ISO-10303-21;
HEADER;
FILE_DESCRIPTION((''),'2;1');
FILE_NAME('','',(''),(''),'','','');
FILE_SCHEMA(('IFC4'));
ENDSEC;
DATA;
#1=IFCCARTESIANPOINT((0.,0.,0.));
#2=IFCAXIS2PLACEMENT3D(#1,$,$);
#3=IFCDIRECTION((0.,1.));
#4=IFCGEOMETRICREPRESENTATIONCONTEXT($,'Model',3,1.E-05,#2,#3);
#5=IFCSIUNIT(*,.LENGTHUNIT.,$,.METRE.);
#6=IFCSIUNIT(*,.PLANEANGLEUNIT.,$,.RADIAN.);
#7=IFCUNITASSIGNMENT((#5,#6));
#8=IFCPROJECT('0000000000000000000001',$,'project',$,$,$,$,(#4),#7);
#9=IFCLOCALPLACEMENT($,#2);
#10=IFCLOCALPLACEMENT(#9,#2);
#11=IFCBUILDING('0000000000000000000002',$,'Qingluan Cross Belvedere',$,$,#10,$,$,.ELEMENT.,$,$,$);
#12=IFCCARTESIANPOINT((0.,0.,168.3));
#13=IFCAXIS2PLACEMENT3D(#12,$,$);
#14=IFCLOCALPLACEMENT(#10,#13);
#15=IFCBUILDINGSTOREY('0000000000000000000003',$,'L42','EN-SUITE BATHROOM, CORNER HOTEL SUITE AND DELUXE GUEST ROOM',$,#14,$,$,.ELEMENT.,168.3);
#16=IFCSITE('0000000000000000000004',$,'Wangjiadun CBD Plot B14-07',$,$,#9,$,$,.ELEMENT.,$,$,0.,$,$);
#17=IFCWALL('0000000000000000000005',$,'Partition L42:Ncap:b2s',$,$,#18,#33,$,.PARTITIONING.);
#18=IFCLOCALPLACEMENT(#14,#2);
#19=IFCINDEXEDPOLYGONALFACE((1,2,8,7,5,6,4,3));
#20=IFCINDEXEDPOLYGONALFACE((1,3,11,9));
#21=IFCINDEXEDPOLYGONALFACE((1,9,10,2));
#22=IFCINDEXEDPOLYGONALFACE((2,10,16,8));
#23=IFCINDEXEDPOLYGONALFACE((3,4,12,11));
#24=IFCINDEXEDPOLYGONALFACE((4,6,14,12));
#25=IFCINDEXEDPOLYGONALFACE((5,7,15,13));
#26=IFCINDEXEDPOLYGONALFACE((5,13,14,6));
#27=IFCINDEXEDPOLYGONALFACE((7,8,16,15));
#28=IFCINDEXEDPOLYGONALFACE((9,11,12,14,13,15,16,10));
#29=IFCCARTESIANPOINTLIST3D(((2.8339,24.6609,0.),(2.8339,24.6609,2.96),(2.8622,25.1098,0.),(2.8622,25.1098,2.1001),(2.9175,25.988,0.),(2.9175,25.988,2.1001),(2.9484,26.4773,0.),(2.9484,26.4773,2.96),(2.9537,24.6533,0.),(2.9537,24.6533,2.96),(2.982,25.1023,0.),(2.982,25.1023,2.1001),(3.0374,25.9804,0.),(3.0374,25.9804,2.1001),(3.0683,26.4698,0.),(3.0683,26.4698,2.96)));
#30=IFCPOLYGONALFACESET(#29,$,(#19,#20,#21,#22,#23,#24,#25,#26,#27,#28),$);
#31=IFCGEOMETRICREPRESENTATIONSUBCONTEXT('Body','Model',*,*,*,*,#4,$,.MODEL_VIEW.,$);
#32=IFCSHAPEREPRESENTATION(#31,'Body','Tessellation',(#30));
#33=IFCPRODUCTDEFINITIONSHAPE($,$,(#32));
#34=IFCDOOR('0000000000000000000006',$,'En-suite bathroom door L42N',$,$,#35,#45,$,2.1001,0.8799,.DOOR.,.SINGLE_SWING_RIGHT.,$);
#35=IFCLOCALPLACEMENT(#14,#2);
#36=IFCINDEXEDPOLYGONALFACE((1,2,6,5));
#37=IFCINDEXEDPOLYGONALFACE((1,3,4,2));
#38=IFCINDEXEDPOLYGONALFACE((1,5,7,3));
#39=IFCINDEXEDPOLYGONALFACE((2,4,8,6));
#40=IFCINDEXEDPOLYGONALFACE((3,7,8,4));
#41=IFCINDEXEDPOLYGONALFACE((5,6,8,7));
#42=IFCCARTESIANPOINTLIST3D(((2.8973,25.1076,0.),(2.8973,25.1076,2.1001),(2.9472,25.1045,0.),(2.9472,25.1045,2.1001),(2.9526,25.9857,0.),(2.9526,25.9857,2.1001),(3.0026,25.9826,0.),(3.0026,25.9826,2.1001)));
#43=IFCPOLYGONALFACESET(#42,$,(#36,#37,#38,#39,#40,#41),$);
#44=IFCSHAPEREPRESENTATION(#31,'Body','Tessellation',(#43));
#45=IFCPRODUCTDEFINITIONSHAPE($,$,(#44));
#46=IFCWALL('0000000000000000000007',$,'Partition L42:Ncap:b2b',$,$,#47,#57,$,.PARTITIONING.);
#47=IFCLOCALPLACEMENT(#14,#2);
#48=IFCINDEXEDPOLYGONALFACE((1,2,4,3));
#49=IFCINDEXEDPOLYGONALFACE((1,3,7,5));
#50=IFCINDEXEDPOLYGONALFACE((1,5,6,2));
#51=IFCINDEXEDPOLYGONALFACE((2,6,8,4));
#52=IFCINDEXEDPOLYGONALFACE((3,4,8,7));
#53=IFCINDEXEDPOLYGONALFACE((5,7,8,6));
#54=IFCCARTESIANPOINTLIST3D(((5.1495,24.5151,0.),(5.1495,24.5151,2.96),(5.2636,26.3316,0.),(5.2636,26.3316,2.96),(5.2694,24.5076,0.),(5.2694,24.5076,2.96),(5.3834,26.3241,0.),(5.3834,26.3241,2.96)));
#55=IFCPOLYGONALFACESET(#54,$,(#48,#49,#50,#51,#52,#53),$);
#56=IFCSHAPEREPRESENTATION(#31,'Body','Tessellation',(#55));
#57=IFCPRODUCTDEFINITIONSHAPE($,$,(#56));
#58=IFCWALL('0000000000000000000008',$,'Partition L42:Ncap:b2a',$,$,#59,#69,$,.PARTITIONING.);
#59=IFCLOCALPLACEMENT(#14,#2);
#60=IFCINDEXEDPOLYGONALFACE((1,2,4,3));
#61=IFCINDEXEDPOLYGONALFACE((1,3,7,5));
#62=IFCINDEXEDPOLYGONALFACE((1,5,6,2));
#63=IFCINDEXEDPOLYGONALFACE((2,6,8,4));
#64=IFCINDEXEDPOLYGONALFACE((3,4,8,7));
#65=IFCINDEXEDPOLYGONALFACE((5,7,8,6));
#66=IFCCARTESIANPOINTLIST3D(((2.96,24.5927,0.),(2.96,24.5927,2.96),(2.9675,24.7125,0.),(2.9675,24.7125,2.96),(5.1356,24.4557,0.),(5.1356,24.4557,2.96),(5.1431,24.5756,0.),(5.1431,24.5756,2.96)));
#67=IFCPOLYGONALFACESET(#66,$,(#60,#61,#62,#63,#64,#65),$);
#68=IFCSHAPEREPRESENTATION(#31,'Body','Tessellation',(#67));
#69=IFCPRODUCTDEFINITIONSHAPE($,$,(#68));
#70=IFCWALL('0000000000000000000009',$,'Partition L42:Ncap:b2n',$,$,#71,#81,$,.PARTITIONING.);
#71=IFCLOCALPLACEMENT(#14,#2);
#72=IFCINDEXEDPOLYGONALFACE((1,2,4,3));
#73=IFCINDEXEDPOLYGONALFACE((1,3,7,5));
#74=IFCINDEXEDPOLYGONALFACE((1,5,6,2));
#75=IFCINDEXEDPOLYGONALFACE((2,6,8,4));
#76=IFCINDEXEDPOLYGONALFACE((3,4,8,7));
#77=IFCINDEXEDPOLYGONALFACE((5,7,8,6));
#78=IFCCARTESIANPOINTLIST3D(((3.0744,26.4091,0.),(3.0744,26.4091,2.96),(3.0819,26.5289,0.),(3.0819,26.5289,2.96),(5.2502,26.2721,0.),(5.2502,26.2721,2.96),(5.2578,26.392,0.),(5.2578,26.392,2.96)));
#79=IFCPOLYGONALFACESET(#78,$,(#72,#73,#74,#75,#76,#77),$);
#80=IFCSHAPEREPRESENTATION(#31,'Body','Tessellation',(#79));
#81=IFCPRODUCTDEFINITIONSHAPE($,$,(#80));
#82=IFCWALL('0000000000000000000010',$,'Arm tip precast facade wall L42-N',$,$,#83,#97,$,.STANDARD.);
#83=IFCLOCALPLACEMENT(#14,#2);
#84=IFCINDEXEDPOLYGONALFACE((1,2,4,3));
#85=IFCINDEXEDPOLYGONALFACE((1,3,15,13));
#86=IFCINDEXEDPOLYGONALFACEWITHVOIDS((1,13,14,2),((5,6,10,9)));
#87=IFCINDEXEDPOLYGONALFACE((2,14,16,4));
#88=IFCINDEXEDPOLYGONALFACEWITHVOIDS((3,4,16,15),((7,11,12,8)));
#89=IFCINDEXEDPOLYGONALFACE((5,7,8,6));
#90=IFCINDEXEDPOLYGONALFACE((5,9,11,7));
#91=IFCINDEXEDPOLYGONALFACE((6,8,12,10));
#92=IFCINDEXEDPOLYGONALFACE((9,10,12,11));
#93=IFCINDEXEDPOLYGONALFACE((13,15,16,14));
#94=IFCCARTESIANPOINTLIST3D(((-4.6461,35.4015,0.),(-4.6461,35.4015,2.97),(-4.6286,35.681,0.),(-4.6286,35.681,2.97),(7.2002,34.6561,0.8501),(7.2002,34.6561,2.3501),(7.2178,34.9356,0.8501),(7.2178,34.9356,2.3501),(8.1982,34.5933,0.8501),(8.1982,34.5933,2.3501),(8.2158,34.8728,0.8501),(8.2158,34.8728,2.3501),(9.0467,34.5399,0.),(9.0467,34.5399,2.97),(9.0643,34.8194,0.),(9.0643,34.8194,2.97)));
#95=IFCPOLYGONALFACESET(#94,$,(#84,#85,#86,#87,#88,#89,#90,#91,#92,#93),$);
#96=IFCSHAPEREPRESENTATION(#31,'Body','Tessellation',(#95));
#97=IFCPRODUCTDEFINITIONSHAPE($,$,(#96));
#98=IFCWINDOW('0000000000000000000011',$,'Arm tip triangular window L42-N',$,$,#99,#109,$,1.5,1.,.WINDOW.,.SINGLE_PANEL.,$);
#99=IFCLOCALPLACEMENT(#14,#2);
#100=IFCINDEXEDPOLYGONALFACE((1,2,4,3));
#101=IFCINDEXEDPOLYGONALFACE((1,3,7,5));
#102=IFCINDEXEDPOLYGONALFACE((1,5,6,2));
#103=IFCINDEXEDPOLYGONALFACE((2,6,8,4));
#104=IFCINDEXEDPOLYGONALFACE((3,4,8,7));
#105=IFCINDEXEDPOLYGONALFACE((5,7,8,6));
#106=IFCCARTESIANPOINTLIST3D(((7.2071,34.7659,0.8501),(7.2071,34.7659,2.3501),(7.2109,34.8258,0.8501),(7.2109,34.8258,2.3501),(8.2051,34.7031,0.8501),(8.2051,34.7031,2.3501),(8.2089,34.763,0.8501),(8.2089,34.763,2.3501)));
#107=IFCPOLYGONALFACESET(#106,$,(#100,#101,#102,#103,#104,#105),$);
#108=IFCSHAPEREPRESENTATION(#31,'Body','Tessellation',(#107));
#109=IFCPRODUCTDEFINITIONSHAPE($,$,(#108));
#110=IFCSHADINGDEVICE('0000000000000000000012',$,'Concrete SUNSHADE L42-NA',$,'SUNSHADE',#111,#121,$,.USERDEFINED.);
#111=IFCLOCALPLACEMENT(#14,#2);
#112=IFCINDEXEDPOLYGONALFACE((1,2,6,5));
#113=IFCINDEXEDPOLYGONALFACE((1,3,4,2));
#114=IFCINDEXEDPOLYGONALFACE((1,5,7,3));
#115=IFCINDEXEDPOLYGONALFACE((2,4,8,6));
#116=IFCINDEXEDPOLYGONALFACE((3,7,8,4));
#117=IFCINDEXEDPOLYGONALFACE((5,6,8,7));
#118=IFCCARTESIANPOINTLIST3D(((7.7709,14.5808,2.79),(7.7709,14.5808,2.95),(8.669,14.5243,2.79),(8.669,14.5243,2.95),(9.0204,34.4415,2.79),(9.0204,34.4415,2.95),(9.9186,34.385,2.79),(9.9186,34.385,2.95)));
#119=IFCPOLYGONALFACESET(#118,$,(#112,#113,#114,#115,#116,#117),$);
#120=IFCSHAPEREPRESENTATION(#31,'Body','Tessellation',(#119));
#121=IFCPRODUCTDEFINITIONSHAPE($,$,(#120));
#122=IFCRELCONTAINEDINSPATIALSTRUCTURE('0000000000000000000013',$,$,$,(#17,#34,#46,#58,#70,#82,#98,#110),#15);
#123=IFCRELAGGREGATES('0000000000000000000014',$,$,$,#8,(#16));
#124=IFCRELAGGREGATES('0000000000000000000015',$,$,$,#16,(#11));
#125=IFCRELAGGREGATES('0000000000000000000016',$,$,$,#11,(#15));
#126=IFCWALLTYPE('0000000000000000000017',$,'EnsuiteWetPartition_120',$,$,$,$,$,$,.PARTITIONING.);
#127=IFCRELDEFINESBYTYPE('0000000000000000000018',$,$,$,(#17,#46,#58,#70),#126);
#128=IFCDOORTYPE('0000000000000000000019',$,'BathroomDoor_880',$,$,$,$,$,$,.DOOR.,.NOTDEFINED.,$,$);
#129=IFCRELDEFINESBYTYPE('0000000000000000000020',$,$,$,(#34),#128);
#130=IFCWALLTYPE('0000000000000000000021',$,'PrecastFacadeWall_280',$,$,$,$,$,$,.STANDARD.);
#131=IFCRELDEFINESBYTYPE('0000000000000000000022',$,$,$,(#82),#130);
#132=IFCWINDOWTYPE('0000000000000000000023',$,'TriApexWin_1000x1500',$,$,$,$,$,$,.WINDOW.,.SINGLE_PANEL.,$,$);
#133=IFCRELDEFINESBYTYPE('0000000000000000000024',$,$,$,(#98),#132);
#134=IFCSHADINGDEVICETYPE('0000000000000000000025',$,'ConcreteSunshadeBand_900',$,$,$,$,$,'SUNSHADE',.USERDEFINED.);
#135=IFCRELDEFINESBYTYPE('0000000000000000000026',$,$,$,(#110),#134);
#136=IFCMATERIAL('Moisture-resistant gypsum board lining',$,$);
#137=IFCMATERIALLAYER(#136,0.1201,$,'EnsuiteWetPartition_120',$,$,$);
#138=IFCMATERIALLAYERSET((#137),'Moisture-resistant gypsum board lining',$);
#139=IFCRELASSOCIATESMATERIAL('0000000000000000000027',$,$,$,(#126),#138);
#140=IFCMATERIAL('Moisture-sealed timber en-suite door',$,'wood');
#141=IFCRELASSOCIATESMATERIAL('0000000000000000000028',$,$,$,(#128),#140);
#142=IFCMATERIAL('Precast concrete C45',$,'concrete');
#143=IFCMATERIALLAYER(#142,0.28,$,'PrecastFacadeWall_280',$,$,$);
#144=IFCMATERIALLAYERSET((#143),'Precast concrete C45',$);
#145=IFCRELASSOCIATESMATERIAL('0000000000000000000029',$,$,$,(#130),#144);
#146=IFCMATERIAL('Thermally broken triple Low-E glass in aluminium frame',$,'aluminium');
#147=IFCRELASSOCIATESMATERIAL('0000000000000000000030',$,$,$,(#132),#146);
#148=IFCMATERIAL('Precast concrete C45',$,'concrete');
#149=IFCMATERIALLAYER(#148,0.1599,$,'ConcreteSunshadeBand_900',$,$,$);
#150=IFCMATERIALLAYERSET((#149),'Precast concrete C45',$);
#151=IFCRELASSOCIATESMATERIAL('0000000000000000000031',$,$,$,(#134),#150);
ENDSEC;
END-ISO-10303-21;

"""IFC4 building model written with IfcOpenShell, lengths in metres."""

from ifc_helpers import new_model, si_unit, direction, frame, frame_2d, origin, origin_2d, place, context, subcontext, project, spatial, rectangle, extrude, material, layer, layer_set, type_object, element, fill, save


model = new_model("IFC4")

# Units and contexts
model_context = context("Model", 3, precision=1e-05, world=origin(), true_north=direction((0.0, 1.0)))
body_context = subcontext(model_context, "Body", "Model", "MODEL_VIEW")
ifc_project = project(units=[si_unit("LENGTHUNIT", "METRE"), si_unit("PLANEANGLEUNIT", "RADIAN")], contexts=[model_context])

# Site, building, storey
site_placement = place(None, origin())
site = spatial("IfcSite", under=ifc_project, at=site_placement, Name="Wangjiadun CBD Plot B14-07", CompositionType="ELEMENT", RefElevation=0.0)
building_placement = place(site_placement, origin())
building = spatial("IfcBuilding", under=site, at=building_placement, Name="Qingluan Cross Belvedere", CompositionType="ELEMENT")
storey_placement = place(building_placement, frame((0.0, 0.0, 168.3)))
storey = spatial("IfcBuildingStorey", under=building, at=storey_placement, Name="L42", Description="EN-SUITE BATHROOM, CORNER HOTEL SUITE AND DELUXE GUEST ROOM", CompositionType="ELEMENT", Elevation=168.3)

# Shared definitions
ifc_material_1 = material(Name="Moisture-resistant gypsum board lining")
ifc_layer_1 = layer(ifc_material_1, 0.1201, Name="EnsuiteWetPartition_120")
ifc_layer_set_1 = layer_set([ifc_layer_1], Name="Moisture-resistant gypsum board lining")
wall_type_1 = type_object("IfcWallType", Name="EnsuiteWetPartition_120", PredefinedType="PARTITIONING", material=ifc_layer_set_1)
ifc_material_2 = material(Name="Moisture-sealed timber en-suite door", Category="wood")
door_type_1 = type_object("IfcDoorType", Name="BathroomDoor_880", OperationType="NOTDEFINED", PredefinedType="DOOR", material=ifc_material_2)

# Wall, opening, door
wall_1_placement = place(storey_placement, frame((2.8938, 24.657, 0.0), z_axis=(0.0, 0.0, 1.0), x_axis=(0.062913, 0.998019, 0.0)))
wall_1 = element("IfcWall", 1, at=wall_1_placement, inside=storey, type_object=wall_type_1, Name="Partition L42:Ncap:b2s", PredefinedType="PARTITIONING", context=body_context, shape_type="SweptSolid", body=[
    extrude(rectangle(XDim=1.8201, YDim=0.1201, at=frame_2d((0.9102, 0.0))), origin(), (0.0, 0.0, 1.0), 2.96),
])
opening_1_placement = place(wall_1_placement, frame((0.45, 0.0, 0.0)))
opening_1 = element("IfcOpeningElement", 2, at=opening_1_placement, cuts=wall_1, PredefinedType="OPENING", context=body_context, shape_type="SweptSolid", body=[
    extrude(rectangle(XDim=0.8799, YDim=2.1001, at=frame_2d((0.4399, 1.05))), frame((0.0, 0.0701, 0.0), z_axis=(0.0, -1.0, 0.0), x_axis=(1.0, 0.0, 0.0)), (0.0, 0.0, 1.0), 0.1401),
])
door_1_placement = place(opening_1_placement, origin())
door_1 = element("IfcDoor", 3, at=door_1_placement, inside=storey, type_object=door_type_1, Name="En-suite bathroom door L42N", OperationType="SINGLE_SWING_RIGHT", OverallHeight=2.1001, OverallWidth=0.8799, PredefinedType="DOOR", context=body_context, shape_type="SweptSolid", body=[
    extrude(rectangle(XDim=0.8799, YDim=2.1001, at=frame_2d((0.4399, 1.05))), frame((0.0, 0.0249, 0.0), z_axis=(0.0, -1.0, 0.0), x_axis=(1.0, 0.0, 0.0)), (0.0, 0.0, 1.0), 0.05),
])
fill(opening_1, door_1)

# Walls
wall_2_placement = place(storey_placement, frame((5.2095, 24.5112, 0.0), z_axis=(0.0, 0.0, 1.0), x_axis=(0.062646, 0.998036, 0.0)))
element("IfcWall", 4, at=wall_2_placement, inside=storey, type_object=wall_type_1, Name="Partition L42:Ncap:b2b", PredefinedType="PARTITIONING", context=body_context, shape_type="SweptSolid", body=[
    extrude(rectangle(XDim=1.8201, YDim=0.1201, at=frame_2d((0.9102, 0.0))), origin(), (0.0, 0.0, 1.0), 2.96),
])
wall_3_placement = place(storey_placement, frame((2.9639, 24.6526, 0.0), z_axis=(0.0, 0.0, 1.0), x_axis=(0.998024, -0.062832, 0.0)))
element("IfcWall", 5, at=wall_3_placement, inside=storey, type_object=wall_type_1, Name="Partition L42:Ncap:b2a", PredefinedType="PARTITIONING", context=body_context, shape_type="SweptSolid", body=[
    extrude(rectangle(XDim=2.1799, YDim=0.1201, at=frame_2d((1.0898, 0.0))), origin(), (0.0, 0.0, 1.0), 2.96),
])
wall_4_placement = place(storey_placement, frame((3.0781, 26.469, 0.0), z_axis=(0.0, 0.0, 1.0), x_axis=(0.998025, -0.062824, 0.0)))
element("IfcWall", 6, at=wall_4_placement, inside=storey, type_object=wall_type_1, Name="Partition L42:Ncap:b2n", PredefinedType="PARTITIONING", context=body_context, shape_type="SweptSolid", body=[
    extrude(rectangle(XDim=2.1802, YDim=0.1201, at=frame_2d((1.0901, 0.0))), origin(), (0.0, 0.0, 1.0), 2.96),
])

# Wall, opening, window
ifc_material_3 = material(Name="Precast concrete C45", Category="concrete")
ifc_layer_2 = layer(ifc_material_3, 0.28, Name="PrecastFacadeWall_280")
ifc_layer_set_2 = layer_set([ifc_layer_2], Name="Precast concrete C45")
wall_type_2 = type_object("IfcWallType", Name="PrecastFacadeWall_280", PredefinedType="STANDARD", material=ifc_layer_set_2)
wall_5_placement = place(storey_placement, frame((9.0554, 34.6797, 0.0), z_axis=(0.0, 0.0, 1.0), x_axis=(-0.998026, 0.062797, 0.0)))
wall_5 = element("IfcWall", 7, at=wall_5_placement, inside=storey, type_object=wall_type_2, Name="Arm tip precast facade wall L42-N", PredefinedType="STANDARD", context=body_context, shape_type="SweptSolid", body=[
    extrude(rectangle(XDim=13.72, YDim=0.28, at=frame_2d((6.8599, 0.0))), origin(), (0.0, 0.0, 1.0), 2.97),
])
opening_2_placement = place(wall_5_placement, frame((0.8501, 0.0, 0.8501)))
opening_2 = element("IfcOpeningElement", 8, at=opening_2_placement, cuts=wall_5, PredefinedType="OPENING", context=body_context, shape_type="SweptSolid", body=[
    extrude(rectangle(XDim=1.0, YDim=1.5, at=frame_2d((0.5, 0.75))), frame((0.0, 0.1499, 0.0), z_axis=(0.0, -1.0, 0.0), x_axis=(1.0, 0.0, 0.0)), (0.0, 0.0, 1.0), 0.3),
])
ifc_material_4 = material(Name="Thermally broken triple Low-E glass in aluminium frame", Category="aluminium")
window_type = type_object("IfcWindowType", Name="TriApexWin_1000x1500", PartitioningType="SINGLE_PANEL", PredefinedType="WINDOW", material=ifc_material_4)
window_placement = place(opening_2_placement, origin())
window = element("IfcWindow", 9, at=window_placement, inside=storey, type_object=window_type, Name="Arm tip triangular window L42-N", OverallHeight=1.5, OverallWidth=1.0, PartitioningType="SINGLE_PANEL", PredefinedType="WINDOW", context=body_context, shape_type="SweptSolid", body=[
    extrude(rectangle(XDim=1.0, YDim=1.5, at=frame_2d((0.5, 0.75))), frame((0.0, 0.03, 0.0), z_axis=(0.0, -1.0, 0.0), x_axis=(1.0, 0.0, 0.0)), (0.0, 0.0, 1.0), 0.0601),
])
fill(opening_2, window)

# Shading device
ifc_material_5 = material(Name="Precast concrete C45", Category="concrete")
ifc_layer_3 = layer(ifc_material_5, 0.1599, Name="ConcreteSunshadeBand_900")
ifc_layer_set_3 = layer_set([ifc_layer_3], Name="Precast concrete C45")
shading_device_type = type_object("IfcShadingDeviceType", Name="ConcreteSunshadeBand_900", ElementType="SUNSHADE", PredefinedType="USERDEFINED", material=ifc_layer_set_3)
shading_device_placement = place(storey_placement, frame((8.8447, 24.4829, 2.79), z_axis=(0.0, 0.0, 1.0), x_axis=(0.062791, 0.998027, 0.0)))
element("IfcShadingDevice", 10, at=shading_device_placement, inside=storey, type_object=shading_device_type, Name="Concrete SUNSHADE L42-NA", ObjectType="SUNSHADE", PredefinedType="USERDEFINED", context=body_context, shape_type="SweptSolid", body=[
    extrude(rectangle(XDim=19.8999, YDim=0.8999, at=origin_2d()), origin(), (0.0, 0.0, 1.0), 0.1599),
])

save(model, "model.ifc")
